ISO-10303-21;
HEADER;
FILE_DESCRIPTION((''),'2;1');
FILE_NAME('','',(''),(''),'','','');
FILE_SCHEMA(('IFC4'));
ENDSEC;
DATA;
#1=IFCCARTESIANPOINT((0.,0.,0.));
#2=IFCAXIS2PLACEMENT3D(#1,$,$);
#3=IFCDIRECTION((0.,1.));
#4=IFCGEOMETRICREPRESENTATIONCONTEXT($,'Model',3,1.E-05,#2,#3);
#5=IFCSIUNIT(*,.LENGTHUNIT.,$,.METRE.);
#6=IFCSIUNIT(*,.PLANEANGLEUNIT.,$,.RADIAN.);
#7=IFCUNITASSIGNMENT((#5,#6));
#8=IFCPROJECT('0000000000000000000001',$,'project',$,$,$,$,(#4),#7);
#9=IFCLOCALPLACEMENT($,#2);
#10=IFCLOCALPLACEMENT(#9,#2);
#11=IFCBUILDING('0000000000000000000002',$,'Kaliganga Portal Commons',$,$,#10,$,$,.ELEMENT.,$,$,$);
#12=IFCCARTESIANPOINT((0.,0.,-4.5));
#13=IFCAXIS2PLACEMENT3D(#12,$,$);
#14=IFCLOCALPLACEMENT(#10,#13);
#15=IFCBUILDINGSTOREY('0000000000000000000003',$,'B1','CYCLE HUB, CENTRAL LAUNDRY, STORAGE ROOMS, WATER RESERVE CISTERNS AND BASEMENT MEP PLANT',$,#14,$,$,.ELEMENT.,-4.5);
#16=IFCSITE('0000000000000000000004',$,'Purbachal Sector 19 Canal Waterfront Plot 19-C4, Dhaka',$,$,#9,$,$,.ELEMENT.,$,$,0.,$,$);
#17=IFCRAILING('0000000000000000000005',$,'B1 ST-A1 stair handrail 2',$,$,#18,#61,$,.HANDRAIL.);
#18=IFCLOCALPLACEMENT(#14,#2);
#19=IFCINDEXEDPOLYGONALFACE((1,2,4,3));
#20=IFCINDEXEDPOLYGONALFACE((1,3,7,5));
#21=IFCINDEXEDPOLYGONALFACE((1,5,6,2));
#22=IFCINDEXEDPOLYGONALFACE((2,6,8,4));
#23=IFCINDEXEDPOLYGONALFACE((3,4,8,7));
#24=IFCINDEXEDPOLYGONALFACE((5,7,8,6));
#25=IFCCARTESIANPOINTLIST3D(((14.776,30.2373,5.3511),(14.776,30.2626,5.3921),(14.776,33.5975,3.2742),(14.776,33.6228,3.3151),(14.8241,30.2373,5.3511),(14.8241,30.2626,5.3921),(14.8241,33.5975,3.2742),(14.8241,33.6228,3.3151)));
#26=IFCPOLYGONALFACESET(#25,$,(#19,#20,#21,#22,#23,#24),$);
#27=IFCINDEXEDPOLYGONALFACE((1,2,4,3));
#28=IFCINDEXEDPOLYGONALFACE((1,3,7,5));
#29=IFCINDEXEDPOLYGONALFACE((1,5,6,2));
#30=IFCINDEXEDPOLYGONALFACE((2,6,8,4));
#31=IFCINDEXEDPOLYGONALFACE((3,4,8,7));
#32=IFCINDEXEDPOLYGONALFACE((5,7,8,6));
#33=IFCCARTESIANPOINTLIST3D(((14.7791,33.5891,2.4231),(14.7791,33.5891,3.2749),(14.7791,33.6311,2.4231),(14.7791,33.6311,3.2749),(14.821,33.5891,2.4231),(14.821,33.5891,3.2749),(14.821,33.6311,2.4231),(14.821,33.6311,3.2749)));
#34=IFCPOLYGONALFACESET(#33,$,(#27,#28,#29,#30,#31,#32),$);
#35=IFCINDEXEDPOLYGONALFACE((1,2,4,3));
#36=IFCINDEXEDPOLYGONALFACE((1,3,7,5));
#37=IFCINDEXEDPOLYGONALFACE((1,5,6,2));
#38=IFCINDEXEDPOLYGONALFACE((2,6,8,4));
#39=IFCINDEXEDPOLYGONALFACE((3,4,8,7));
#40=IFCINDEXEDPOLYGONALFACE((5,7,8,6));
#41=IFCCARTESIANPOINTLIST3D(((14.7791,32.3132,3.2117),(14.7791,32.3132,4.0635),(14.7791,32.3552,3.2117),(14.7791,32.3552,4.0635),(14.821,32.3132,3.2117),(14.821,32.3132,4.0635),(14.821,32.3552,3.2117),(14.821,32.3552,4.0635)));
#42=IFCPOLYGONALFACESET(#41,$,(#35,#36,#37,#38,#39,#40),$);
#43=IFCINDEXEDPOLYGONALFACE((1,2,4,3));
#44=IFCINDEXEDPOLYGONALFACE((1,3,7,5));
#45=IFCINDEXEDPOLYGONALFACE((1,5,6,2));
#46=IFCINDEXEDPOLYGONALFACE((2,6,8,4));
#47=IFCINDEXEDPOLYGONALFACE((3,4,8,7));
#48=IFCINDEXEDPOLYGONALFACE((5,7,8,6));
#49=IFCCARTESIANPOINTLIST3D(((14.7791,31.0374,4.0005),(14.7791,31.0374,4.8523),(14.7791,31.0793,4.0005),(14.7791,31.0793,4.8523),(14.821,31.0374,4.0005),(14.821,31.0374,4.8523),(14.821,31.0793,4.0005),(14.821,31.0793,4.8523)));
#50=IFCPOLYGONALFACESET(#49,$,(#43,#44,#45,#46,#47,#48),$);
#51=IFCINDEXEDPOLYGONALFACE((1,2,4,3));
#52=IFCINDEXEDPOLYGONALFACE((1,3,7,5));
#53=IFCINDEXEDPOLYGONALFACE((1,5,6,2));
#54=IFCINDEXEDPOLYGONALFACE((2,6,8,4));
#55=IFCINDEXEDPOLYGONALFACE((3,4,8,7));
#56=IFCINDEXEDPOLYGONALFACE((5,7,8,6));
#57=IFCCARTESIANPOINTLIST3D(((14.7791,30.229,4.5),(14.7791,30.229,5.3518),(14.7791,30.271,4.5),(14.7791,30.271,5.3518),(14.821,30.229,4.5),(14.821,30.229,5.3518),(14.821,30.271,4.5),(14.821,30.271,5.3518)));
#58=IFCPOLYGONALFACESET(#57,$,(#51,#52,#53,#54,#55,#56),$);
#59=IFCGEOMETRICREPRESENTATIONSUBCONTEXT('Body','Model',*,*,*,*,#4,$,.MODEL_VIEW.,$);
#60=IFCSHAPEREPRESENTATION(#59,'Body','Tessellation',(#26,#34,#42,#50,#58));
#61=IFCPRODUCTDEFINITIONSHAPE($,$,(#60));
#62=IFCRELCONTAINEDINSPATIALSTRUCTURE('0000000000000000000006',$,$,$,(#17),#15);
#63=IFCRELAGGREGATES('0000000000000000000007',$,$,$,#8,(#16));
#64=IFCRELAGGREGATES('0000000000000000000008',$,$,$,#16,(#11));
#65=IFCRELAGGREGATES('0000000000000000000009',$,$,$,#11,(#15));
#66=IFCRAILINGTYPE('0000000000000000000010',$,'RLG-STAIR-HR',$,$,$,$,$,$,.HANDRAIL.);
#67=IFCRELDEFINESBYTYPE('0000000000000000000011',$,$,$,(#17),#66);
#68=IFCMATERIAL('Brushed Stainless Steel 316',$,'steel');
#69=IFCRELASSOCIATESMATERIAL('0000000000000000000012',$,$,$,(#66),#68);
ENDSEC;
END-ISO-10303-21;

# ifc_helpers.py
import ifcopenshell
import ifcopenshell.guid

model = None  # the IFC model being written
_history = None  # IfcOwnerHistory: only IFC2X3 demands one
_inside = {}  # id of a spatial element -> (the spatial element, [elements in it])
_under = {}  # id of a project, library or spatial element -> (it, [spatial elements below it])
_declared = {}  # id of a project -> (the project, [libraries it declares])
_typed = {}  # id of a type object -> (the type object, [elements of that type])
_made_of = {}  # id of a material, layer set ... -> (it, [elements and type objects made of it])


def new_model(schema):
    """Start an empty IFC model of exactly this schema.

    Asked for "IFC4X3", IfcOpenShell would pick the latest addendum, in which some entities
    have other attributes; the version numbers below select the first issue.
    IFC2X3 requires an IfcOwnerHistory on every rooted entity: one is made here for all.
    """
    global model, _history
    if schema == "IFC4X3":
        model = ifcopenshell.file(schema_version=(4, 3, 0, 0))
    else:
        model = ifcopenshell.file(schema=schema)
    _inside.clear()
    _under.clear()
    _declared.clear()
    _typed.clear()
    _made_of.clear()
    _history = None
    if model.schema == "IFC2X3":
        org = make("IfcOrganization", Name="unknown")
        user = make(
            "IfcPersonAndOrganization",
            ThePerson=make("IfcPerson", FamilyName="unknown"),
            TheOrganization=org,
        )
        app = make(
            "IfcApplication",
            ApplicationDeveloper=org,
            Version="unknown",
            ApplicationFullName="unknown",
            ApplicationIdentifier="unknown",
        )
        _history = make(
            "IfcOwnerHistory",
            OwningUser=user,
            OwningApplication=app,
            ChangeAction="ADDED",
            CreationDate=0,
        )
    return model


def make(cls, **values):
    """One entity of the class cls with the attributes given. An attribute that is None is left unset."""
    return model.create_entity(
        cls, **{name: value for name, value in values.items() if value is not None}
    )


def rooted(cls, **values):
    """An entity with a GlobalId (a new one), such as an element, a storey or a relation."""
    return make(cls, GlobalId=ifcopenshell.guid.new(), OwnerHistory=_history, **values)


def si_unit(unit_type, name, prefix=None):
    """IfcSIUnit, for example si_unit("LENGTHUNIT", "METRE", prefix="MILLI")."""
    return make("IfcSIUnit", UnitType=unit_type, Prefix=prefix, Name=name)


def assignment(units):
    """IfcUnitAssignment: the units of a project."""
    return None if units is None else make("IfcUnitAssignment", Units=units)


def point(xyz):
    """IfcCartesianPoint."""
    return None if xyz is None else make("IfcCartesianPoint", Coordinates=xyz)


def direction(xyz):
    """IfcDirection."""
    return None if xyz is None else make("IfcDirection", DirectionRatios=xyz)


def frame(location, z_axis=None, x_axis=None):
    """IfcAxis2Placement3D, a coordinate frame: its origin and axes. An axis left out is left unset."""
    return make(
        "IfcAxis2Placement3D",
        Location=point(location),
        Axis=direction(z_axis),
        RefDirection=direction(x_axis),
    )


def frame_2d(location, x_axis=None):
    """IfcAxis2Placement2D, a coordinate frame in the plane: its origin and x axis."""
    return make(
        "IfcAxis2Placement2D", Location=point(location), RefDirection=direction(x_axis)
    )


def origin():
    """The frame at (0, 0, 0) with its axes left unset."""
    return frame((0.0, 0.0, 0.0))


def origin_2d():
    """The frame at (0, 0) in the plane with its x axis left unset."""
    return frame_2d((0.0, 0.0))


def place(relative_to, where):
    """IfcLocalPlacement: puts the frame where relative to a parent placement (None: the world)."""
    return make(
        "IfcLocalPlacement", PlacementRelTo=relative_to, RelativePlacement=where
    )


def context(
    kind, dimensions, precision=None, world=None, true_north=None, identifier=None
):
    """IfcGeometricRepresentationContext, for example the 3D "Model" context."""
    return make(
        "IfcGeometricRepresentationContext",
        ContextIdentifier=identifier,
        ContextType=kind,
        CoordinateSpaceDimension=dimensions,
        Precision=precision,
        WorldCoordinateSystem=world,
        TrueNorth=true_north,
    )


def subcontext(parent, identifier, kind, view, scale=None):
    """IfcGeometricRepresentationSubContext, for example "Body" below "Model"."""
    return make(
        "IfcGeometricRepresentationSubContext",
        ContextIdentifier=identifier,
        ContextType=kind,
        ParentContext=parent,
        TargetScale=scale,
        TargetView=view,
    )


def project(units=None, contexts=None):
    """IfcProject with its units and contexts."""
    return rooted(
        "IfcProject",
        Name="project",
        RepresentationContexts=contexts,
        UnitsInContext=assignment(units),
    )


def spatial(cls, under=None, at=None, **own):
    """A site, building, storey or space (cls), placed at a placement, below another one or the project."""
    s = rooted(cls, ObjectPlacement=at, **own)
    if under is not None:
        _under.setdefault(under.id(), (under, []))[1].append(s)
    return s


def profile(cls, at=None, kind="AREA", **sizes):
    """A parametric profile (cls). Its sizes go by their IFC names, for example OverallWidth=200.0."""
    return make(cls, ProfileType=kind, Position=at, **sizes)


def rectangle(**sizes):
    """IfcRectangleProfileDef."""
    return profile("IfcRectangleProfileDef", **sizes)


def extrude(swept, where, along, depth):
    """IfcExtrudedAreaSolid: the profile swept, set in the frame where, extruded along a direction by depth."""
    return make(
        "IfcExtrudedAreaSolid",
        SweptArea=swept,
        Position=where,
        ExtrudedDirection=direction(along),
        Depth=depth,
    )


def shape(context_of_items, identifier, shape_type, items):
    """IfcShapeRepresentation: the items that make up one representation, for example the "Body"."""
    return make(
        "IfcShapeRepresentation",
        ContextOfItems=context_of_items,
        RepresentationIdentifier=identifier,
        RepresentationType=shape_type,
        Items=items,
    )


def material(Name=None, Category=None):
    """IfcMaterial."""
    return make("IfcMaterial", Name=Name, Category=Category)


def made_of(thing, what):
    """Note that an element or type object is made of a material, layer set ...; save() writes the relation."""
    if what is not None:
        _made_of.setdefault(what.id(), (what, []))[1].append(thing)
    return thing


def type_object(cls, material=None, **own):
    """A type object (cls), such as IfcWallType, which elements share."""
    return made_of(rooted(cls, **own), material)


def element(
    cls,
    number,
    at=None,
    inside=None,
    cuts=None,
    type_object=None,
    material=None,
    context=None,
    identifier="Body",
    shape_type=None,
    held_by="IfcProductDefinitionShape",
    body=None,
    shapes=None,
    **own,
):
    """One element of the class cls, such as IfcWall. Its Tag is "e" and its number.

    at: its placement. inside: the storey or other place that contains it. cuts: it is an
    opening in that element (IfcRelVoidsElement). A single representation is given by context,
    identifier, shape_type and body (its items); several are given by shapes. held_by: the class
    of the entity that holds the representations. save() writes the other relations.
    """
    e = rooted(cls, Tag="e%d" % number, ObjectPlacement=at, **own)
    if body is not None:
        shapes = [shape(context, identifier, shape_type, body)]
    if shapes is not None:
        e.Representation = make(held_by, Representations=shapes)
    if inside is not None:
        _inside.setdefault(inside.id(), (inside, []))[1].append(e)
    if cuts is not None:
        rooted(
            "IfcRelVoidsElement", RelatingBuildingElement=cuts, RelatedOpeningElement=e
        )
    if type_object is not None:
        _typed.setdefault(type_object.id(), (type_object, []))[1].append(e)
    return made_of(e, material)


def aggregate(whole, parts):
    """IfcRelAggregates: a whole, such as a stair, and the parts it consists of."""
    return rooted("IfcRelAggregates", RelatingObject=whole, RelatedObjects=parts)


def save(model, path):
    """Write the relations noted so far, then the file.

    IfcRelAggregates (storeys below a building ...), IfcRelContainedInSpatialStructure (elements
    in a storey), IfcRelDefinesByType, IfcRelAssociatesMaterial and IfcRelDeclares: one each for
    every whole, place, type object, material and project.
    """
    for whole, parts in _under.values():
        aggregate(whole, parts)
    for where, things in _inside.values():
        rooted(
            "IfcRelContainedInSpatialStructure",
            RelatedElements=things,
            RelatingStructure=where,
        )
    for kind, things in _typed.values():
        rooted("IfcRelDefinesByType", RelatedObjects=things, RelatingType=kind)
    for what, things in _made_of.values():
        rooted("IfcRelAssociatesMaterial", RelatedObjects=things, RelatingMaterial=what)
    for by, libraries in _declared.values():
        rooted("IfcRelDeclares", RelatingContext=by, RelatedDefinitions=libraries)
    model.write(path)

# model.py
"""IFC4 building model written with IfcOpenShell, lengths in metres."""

from ifc_helpers import new_model, si_unit, direction, frame, origin, origin_2d, place, context, subcontext, project, spatial, rectangle, extrude, material, type_object, element, save


model = new_model("IFC4")

# Units and contexts
model_context = context("Model", 3, precision=1e-05, world=origin(), true_north=direction((0.0, 1.0)))
body_context = subcontext(model_context, "Body", "Model", "MODEL_VIEW")
ifc_project = project(units=[si_unit("LENGTHUNIT", "METRE"), si_unit("PLANEANGLEUNIT", "RADIAN")], contexts=[model_context])

# Site, building, storey
site_placement = place(None, origin())
site = spatial("IfcSite", under=ifc_project, at=site_placement, Name="Purbachal Sector 19 Canal Waterfront Plot 19-C4, Dhaka", CompositionType="ELEMENT", RefElevation=0.0)
building_placement = place(site_placement, origin())
building = spatial("IfcBuilding", under=site, at=building_placement, Name="Kaliganga Portal Commons", CompositionType="ELEMENT")
storey_placement = place(building_placement, frame((0.0, 0.0, -4.5)))
storey = spatial("IfcBuildingStorey", under=building, at=storey_placement, Name="B1", Description="CYCLE HUB, CENTRAL LAUNDRY, STORAGE ROOMS, WATER RESERVE CISTERNS AND BASEMENT MEP PLANT", CompositionType="ELEMENT", Elevation=-4.5)

# Railing
ifc_material_1 = material(Name="Brushed Stainless Steel 316", Category="steel")
railing_type = type_object("IfcRailingType", Name="RLG-STAIR-HR", PredefinedType="HANDRAIL", material=ifc_material_1)
railing_placement = place(storey_placement, frame((14.8, 33.6101, 2.4231)))
element("IfcRailing", 1, at=railing_placement, inside=storey, type_object=railing_type, Name="B1 ST-A1 stair handrail 2", PredefinedType="HANDRAIL", context=body_context, shape_type="SweptSolid", body=[
    extrude(rectangle(XDim=0.0481, YDim=0.0481, at=origin_2d()), frame((0.0, 0.0, 0.8716), z_axis=(0.0, -0.850623, 0.525776), x_axis=(1.0, 0.0, 0.0)), (0.0, 0.0, 1.0), 3.9502),
    extrude(rectangle(XDim=0.042, YDim=0.042, at=origin_2d()), origin(), (0.0, 0.0, 1.0), 0.8518),
    extrude(rectangle(XDim=0.042, YDim=0.042, at=origin_2d()), frame((0.0, -1.2759, 0.7886)), (0.0, 0.0, 1.0), 0.8518),
    extrude(rectangle(XDim=0.042, YDim=0.042, at=origin_2d()), frame((0.0, -2.5518, 1.5774)), (0.0, 0.0, 1.0), 0.8518),
    extrude(rectangle(XDim=0.042, YDim=0.042, at=origin_2d()), frame((0.0, -3.3601, 2.0769)), (0.0, 0.0, 1.0), 0.8518),
])

save(model, "model.ifc")
